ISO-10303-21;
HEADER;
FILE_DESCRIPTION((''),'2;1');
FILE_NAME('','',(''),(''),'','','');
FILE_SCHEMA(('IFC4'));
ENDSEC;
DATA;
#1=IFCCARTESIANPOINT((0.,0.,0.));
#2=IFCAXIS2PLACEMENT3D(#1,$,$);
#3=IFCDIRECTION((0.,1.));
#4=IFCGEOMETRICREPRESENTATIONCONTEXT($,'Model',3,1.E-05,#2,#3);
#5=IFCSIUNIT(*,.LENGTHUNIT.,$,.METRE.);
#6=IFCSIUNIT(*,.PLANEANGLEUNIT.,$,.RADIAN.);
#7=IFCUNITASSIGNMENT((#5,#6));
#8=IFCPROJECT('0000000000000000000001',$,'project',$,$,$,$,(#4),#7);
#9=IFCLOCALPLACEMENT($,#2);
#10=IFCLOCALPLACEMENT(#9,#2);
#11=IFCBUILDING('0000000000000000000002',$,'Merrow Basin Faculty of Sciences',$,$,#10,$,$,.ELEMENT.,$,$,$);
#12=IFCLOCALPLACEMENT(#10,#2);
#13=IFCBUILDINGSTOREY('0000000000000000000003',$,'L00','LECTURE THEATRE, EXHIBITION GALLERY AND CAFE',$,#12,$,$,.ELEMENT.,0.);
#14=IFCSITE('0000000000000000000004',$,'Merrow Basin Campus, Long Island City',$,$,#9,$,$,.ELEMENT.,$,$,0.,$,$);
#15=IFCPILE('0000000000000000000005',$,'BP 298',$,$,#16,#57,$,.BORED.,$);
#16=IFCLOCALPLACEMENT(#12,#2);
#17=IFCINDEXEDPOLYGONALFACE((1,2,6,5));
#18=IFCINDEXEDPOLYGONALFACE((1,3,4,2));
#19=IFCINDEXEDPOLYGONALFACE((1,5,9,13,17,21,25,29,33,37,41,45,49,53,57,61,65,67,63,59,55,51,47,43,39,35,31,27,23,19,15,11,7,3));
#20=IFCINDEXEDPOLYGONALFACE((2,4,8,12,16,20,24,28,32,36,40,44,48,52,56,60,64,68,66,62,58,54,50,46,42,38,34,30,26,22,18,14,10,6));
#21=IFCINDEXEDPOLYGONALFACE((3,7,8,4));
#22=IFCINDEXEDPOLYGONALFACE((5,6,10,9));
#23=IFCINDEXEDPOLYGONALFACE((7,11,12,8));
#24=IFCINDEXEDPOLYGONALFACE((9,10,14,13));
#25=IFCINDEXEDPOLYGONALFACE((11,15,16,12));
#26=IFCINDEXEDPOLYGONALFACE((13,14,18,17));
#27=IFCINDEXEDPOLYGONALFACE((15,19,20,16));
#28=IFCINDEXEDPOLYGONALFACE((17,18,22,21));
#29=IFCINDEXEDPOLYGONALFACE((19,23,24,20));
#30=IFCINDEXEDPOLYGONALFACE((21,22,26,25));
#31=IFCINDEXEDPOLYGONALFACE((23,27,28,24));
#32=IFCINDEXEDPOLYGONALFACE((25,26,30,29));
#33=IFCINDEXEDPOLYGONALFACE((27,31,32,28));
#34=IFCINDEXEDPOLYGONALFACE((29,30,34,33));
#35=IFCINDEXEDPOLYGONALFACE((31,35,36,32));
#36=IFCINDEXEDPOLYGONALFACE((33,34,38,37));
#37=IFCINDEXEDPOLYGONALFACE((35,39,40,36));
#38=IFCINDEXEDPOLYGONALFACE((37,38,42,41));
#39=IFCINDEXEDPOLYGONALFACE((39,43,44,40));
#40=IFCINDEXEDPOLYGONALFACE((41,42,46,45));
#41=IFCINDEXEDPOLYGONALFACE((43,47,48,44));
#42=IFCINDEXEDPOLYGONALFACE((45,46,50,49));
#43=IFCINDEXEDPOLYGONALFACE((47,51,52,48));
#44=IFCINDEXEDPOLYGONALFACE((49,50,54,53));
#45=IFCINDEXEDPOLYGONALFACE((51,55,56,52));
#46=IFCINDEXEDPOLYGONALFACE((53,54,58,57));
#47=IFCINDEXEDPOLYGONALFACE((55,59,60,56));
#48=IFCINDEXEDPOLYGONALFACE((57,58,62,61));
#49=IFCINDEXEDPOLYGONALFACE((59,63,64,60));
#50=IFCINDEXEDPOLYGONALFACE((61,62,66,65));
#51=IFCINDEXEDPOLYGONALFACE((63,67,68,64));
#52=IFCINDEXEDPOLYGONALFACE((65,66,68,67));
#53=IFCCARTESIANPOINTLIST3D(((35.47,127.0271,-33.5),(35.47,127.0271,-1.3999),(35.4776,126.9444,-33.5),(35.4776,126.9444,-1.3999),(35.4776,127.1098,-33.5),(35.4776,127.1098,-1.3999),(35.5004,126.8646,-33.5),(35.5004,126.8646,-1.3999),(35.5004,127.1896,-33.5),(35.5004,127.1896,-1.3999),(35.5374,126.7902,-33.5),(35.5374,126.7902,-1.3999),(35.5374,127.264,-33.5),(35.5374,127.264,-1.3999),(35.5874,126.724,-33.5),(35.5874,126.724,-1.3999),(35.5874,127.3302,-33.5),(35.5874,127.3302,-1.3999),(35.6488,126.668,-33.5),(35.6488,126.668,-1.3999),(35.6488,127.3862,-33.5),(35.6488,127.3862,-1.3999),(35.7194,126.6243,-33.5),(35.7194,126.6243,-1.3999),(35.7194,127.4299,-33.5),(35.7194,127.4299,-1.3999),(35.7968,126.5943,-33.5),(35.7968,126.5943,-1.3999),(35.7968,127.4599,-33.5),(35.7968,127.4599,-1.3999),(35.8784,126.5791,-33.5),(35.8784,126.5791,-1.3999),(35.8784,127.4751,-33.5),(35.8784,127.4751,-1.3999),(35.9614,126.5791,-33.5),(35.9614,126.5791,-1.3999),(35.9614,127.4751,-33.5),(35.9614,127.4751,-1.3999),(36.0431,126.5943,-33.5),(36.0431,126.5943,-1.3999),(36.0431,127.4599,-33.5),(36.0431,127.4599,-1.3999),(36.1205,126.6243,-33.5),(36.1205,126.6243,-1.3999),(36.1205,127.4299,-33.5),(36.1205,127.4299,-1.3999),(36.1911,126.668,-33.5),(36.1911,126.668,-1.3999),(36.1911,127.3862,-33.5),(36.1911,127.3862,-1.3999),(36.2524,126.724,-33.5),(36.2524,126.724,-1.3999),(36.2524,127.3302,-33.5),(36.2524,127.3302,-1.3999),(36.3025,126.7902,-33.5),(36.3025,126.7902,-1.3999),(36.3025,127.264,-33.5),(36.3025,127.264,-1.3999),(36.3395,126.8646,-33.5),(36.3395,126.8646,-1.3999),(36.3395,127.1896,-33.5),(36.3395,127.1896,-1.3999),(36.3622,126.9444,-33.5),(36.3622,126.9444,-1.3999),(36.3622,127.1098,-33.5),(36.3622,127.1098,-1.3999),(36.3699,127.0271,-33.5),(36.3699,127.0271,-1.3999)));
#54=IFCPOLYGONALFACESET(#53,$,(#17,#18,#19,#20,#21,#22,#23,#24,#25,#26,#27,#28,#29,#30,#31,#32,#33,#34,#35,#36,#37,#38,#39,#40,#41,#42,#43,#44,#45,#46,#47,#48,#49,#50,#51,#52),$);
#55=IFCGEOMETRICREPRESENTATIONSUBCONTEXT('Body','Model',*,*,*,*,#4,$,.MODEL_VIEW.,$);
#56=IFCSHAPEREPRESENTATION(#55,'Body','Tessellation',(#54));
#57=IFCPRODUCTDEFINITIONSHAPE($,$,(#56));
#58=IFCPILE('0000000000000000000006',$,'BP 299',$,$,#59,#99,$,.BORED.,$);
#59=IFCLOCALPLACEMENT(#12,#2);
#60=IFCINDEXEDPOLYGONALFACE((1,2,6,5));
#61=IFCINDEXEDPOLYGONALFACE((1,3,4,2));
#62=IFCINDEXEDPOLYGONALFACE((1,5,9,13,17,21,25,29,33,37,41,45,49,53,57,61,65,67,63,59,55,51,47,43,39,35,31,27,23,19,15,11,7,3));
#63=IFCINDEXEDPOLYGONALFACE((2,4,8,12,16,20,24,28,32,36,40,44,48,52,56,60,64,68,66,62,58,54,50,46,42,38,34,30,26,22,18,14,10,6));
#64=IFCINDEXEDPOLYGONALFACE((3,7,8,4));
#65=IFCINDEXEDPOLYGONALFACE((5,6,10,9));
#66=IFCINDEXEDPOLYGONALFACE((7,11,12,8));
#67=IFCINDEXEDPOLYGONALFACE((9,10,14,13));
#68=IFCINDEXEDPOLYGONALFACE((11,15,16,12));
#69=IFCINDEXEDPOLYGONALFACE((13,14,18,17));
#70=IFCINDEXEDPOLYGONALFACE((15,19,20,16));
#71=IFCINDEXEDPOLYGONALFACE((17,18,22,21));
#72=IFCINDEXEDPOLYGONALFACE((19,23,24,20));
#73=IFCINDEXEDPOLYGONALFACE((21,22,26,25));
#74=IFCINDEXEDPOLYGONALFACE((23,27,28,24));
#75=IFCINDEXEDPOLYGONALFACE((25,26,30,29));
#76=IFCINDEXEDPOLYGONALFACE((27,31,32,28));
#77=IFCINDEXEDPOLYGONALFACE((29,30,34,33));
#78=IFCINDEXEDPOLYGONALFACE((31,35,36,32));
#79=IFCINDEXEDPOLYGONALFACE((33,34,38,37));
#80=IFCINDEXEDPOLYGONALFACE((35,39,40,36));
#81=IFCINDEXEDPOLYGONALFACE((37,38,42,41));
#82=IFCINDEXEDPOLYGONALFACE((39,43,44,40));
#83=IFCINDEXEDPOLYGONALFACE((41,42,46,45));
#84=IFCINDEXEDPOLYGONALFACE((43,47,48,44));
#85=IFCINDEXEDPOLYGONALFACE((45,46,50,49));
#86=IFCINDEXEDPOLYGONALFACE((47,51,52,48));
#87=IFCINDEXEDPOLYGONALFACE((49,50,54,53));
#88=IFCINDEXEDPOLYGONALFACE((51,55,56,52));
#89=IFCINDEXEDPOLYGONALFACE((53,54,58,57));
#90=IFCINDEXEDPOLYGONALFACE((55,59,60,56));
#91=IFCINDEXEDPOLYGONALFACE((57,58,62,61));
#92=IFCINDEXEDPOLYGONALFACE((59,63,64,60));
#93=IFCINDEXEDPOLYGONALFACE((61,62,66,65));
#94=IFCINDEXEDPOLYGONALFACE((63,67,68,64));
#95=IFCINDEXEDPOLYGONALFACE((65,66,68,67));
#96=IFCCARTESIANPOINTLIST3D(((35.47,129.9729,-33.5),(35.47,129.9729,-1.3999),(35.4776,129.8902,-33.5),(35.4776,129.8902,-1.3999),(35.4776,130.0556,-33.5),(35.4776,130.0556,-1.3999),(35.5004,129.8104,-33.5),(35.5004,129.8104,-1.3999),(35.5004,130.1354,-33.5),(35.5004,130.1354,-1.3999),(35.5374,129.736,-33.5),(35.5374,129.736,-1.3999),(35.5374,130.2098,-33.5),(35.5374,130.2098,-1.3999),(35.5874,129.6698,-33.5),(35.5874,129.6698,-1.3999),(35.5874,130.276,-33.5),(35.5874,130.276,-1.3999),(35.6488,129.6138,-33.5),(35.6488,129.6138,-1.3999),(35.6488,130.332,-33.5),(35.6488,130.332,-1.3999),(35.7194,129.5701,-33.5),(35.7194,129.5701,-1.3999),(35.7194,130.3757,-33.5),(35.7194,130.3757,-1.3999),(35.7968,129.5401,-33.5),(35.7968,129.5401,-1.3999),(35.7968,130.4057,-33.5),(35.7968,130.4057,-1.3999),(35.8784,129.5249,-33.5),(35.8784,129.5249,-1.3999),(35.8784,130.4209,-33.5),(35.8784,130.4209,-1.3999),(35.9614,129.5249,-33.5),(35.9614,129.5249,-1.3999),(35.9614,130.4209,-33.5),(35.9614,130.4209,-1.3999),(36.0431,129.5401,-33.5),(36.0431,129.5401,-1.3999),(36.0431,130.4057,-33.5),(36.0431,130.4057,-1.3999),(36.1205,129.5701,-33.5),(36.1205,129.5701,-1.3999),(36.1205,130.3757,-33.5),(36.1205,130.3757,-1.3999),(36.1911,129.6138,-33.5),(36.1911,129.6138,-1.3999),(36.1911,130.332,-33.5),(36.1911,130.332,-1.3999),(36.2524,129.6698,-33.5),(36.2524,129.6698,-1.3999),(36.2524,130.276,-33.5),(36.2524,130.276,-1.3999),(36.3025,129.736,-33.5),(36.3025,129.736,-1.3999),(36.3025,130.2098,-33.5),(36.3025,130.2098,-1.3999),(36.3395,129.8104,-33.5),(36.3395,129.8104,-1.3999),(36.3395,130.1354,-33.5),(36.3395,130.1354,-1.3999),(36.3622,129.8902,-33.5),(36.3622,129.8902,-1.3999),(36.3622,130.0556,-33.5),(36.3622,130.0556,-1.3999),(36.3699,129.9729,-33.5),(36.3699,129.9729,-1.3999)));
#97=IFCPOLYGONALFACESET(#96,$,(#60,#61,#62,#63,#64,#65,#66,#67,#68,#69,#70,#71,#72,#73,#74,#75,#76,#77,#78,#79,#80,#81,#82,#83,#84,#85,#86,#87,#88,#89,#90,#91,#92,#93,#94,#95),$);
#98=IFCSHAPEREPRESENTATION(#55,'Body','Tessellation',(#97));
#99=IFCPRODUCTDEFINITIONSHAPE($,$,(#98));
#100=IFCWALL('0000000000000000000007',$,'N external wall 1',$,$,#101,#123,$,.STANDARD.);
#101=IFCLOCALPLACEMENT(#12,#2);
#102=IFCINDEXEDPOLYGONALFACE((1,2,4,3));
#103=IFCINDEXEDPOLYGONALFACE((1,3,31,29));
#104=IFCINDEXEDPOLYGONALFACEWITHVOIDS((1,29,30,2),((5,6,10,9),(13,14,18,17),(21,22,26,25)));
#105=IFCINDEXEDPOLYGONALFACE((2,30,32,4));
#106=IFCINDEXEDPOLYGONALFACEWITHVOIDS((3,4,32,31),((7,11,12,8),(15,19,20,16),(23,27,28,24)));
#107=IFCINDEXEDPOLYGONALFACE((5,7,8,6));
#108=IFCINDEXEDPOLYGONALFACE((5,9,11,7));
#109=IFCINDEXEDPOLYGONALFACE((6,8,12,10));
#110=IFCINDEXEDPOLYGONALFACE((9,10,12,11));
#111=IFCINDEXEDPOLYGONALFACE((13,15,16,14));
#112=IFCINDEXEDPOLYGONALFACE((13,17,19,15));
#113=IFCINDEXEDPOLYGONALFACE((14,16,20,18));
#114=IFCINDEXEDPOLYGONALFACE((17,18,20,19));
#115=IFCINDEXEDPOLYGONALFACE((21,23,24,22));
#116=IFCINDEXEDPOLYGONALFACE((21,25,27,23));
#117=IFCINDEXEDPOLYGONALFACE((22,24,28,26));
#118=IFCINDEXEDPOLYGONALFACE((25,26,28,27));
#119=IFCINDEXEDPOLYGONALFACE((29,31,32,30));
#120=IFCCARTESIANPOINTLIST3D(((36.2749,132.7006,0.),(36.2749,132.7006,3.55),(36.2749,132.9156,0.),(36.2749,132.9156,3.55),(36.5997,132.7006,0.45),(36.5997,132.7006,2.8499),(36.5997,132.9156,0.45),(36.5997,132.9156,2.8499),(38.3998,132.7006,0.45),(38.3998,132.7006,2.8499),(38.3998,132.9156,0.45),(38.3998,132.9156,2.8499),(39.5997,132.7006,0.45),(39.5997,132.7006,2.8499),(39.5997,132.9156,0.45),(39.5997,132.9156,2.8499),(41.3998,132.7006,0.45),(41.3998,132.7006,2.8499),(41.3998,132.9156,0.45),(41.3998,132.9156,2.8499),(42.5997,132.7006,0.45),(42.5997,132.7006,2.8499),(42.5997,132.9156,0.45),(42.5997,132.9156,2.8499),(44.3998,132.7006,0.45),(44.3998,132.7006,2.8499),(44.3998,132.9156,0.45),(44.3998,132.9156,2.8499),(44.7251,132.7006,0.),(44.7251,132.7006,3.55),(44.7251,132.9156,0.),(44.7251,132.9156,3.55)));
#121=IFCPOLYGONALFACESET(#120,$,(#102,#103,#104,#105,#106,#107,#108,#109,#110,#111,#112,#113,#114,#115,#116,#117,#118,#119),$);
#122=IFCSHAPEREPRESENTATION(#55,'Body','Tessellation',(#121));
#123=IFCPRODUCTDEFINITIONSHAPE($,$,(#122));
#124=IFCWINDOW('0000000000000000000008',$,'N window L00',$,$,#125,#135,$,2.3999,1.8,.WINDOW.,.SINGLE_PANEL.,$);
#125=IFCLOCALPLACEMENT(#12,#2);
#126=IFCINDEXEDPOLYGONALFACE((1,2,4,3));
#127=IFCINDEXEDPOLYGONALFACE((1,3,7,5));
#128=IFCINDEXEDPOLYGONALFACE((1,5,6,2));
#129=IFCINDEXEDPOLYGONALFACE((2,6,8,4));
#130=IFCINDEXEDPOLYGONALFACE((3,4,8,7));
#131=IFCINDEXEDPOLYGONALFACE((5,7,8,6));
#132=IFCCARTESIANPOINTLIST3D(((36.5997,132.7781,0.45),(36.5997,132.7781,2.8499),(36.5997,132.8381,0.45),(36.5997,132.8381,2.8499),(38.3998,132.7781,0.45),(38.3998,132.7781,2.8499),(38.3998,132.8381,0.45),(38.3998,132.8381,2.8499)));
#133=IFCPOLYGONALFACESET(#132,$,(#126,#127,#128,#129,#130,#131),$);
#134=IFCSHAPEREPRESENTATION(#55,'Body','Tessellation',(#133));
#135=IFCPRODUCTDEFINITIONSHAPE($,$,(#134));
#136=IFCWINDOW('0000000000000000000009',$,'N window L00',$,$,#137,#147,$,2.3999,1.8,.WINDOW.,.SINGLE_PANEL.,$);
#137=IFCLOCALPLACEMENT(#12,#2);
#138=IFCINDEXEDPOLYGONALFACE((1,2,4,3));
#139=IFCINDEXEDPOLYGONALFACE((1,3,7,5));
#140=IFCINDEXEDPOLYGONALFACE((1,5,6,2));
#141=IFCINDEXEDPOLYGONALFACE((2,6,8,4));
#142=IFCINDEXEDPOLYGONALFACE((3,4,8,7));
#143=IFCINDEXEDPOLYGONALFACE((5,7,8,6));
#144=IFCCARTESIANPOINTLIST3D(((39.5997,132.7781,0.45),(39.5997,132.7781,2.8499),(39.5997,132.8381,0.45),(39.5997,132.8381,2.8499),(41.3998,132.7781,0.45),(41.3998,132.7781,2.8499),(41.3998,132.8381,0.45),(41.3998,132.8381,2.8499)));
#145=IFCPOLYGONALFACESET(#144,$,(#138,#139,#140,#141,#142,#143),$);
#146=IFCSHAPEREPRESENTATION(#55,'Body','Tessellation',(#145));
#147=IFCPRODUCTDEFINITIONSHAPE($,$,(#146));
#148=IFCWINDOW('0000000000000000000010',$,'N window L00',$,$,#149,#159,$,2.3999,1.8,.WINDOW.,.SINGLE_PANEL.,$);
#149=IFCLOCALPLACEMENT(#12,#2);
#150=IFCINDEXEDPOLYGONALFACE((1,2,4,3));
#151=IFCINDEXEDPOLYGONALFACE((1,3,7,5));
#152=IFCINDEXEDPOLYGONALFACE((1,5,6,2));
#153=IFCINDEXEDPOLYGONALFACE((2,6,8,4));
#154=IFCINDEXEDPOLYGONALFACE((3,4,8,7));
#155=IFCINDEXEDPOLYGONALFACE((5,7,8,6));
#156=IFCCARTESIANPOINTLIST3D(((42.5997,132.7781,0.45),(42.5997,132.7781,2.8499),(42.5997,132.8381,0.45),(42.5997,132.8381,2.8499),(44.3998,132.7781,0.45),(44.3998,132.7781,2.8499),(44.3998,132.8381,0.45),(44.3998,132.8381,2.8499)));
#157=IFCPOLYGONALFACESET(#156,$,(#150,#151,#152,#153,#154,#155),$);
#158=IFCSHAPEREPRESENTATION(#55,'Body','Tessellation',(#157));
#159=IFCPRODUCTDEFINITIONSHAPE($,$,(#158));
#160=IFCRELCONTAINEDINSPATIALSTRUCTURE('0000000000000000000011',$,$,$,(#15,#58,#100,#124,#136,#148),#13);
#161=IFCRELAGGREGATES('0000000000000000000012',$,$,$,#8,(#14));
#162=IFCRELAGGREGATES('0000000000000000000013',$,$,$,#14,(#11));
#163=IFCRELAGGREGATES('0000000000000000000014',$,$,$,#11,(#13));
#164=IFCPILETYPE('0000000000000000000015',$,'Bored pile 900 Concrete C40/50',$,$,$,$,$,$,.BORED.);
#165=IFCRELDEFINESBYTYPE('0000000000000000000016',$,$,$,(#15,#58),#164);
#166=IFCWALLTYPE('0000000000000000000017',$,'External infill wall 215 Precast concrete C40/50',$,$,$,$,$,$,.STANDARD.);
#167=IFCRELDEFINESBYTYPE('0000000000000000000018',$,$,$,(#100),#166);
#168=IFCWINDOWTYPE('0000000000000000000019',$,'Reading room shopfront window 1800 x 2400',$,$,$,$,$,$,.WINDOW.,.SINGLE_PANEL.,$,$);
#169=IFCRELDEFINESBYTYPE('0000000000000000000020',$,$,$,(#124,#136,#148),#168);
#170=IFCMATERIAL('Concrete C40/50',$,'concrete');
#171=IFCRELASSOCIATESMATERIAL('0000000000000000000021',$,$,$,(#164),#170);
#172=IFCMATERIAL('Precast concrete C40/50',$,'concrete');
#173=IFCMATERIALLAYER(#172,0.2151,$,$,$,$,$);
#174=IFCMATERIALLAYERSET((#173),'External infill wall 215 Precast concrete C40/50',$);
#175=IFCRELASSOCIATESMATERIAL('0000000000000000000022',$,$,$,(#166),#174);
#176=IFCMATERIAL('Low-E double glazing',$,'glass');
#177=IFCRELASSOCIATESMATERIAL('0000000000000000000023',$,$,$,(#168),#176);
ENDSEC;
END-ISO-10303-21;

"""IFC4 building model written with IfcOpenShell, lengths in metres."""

from ifc_helpers import new_model, si_unit, direction, frame, frame_2d, origin, origin_2d, place, context, subcontext, project, spatial, rectangle, circle, extrude, material, layer, layer_set, material_profile, profile_set, type_object, element, fill, save


model = new_model("IFC4")

# Units and contexts
model_context = context("Model", 3, precision=1e-05, world=origin(), true_north=direction((0.0, 1.0)))
body_context = subcontext(model_context, "Body", "Model", "MODEL_VIEW")
ifc_project = project(units=[si_unit("LENGTHUNIT", "METRE"), si_unit("PLANEANGLEUNIT", "RADIAN")], contexts=[model_context])

# Site, building, storey
site_placement = place(None, origin())
site = spatial("IfcSite", under=ifc_project, at=site_placement, Name="Merrow Basin Campus, Long Island City", CompositionType="ELEMENT", RefElevation=0.0)
building_placement = place(site_placement, origin())
building = spatial("IfcBuilding", under=site, at=building_placement, Name="Merrow Basin Faculty of Sciences", CompositionType="ELEMENT")
storey_placement = place(building_placement, origin())
storey = spatial("IfcBuildingStorey", under=building, at=storey_placement, Name="L00", Description="LECTURE THEATRE, EXHIBITION GALLERY AND CAFE", CompositionType="ELEMENT", Elevation=0.0)

# Piles
ifc_material_1 = material(Name="Concrete C40/50", Category="concrete")
ifc_material_profile_1 = material_profile(ifc_material_1, circle(Radius=0.45, at=origin_2d()))
ifc_profile_set_1 = profile_set([ifc_material_profile_1], Name="Concrete C40/50")
pile_type_1 = type_object("IfcPileType", Name="Bored pile 900 Concrete C40/50", PredefinedType="BORED", material=ifc_profile_set_1)
for number, where, z_axis, x_axis, name in (
    (1, (35.9199, 127.0271, -1.3999), (0.0, 0.0, -1.0), (1.0, 0.0, 0.0), "BP 298"),
    (2, (35.9199, 129.9729, -1.3999), (0.0, 0.0, -1.0), (1.0, 0.0, 0.0), "BP 299"),
):
    element("IfcPile", number, at=place(storey_placement, frame(where, z_axis=z_axis, x_axis=x_axis)), inside=storey, type_object=pile_type_1, Name=name, PredefinedType="BORED", context=body_context, shape_type="SweptSolid", body=[
        extrude(circle(Radius=0.45, at=origin_2d()), origin(), (0.0, 0.0, 1.0), 32.1001),
    ])

# Wall, openings, windows
ifc_material_2 = material(Name="Precast concrete C40/50", Category="concrete")
ifc_layer_1 = layer(ifc_material_2, 0.2151)
ifc_layer_set_1 = layer_set([ifc_layer_1], Name="External infill wall 215 Precast concrete C40/50")
wall_type_1 = type_object("IfcWallType", Name="External infill wall 215 Precast concrete C40/50", PredefinedType="STANDARD", material=ifc_layer_set_1)
wall_1_placement = place(storey_placement, frame((36.2749, 132.8081, 0.0), z_axis=(0.0, 0.0, 1.0), x_axis=(1.0, 0.0, 0.0)))
wall_1 = element("IfcWall", 3, at=wall_1_placement, inside=storey, type_object=wall_type_1, Name="N external wall 1", PredefinedType="STANDARD", context=body_context, shape_type="SweptSolid", body=[
    extrude(rectangle(XDim=8.4502, YDim=0.2151, at=frame_2d((4.2251, 0.0))), origin(), (0.0, 0.0, 1.0), 3.55),
])
opening_1_placement = place(wall_1_placement, frame((0.325, 0.0, 0.45)))
opening_1 = element("IfcOpeningElement", 4, at=opening_1_placement, cuts=wall_1, PredefinedType="OPENING", context=body_context, shape_type="SweptSolid", body=[
    extrude(rectangle(XDim=1.8, YDim=2.3999, at=frame_2d((0.8999, 1.2))), frame((0.0, 0.1174, 0.0), z_axis=(0.0, -1.0, 0.0), x_axis=(1.0, 0.0, 0.0)), (0.0, 0.0, 1.0), 0.2351),
])
opening_2_placement = place(wall_1_placement, frame((3.325, 0.0, 0.45)))
opening_2 = element("IfcOpeningElement", 5, at=opening_2_placement, cuts=wall_1, PredefinedType="OPENING", context=body_context, shape_type="SweptSolid", body=[
    extrude(rectangle(XDim=1.8, YDim=2.3999, at=frame_2d((0.8999, 1.2))), frame((0.0, 0.1174, 0.0), z_axis=(0.0, -1.0, 0.0), x_axis=(1.0, 0.0, 0.0)), (0.0, 0.0, 1.0), 0.2351),
])
opening_3_placement = place(wall_1_placement, frame((6.325, 0.0, 0.45)))
opening_3 = element("IfcOpeningElement", 6, at=opening_3_placement, cuts=wall_1, PredefinedType="OPENING", context=body_context, shape_type="SweptSolid", body=[
    extrude(rectangle(XDim=1.8, YDim=2.3999, at=frame_2d((0.8999, 1.2))), frame((0.0, 0.1174, 0.0), z_axis=(0.0, -1.0, 0.0), x_axis=(1.0, 0.0, 0.0)), (0.0, 0.0, 1.0), 0.2351),
])
ifc_material_3 = material(Name="Low-E double glazing", Category="glass")
window_type = type_object("IfcWindowType", Name="Reading room shopfront window 1800 x 2400", PartitioningType="SINGLE_PANEL", PredefinedType="WINDOW", material=ifc_material_3)
window_1_placement = place(opening_1_placement, origin())
window_1 = element("IfcWindow", 7, at=window_1_placement, inside=storey, type_object=window_type, Name="N window L00", OverallHeight=2.3999, OverallWidth=1.8, PartitioningType="SINGLE_PANEL", PredefinedType="WINDOW", context=body_context, shape_type="SweptSolid", body=[
    extrude(rectangle(XDim=1.8, YDim=2.3999, at=frame_2d((0.8999, 1.2))), frame((0.0, 0.03, 0.0), z_axis=(0.0, -1.0, 0.0), x_axis=(1.0, 0.0, 0.0)), (0.0, 0.0, 1.0), 0.0601),
])
fill(opening_1, window_1)
window_2_placement = place(opening_2_placement, origin())
window_2 = element("IfcWindow", 8, at=window_2_placement, inside=storey, type_object=window_type, Name="N window L00", OverallHeight=2.3999, OverallWidth=1.8, PartitioningType="SINGLE_PANEL", PredefinedType="WINDOW", context=body_context, shape_type="SweptSolid", body=[
    extrude(rectangle(XDim=1.8, YDim=2.3999, at=frame_2d((0.8999, 1.2))), frame((0.0, 0.03, 0.0), z_axis=(0.0, -1.0, 0.0), x_axis=(1.0, 0.0, 0.0)), (0.0, 0.0, 1.0), 0.0601),
])
fill(opening_2, window_2)
window_3_placement = place(opening_3_placement, origin())
window_3 = element("IfcWindow", 9, at=window_3_placement, inside=storey, type_object=window_type, Name="N window L00", OverallHeight=2.3999, OverallWidth=1.8, PartitioningType="SINGLE_PANEL", PredefinedType="WINDOW", context=body_context, shape_type="SweptSolid", body=[
    extrude(rectangle(XDim=1.8, YDim=2.3999, at=frame_2d((0.8999, 1.2))), frame((0.0, 0.03, 0.0), z_axis=(0.0, -1.0, 0.0), x_axis=(1.0, 0.0, 0.0)), (0.0, 0.0, 1.0), 0.0601),
])
fill(opening_3, window_3)

save(model, "model.ifc")
